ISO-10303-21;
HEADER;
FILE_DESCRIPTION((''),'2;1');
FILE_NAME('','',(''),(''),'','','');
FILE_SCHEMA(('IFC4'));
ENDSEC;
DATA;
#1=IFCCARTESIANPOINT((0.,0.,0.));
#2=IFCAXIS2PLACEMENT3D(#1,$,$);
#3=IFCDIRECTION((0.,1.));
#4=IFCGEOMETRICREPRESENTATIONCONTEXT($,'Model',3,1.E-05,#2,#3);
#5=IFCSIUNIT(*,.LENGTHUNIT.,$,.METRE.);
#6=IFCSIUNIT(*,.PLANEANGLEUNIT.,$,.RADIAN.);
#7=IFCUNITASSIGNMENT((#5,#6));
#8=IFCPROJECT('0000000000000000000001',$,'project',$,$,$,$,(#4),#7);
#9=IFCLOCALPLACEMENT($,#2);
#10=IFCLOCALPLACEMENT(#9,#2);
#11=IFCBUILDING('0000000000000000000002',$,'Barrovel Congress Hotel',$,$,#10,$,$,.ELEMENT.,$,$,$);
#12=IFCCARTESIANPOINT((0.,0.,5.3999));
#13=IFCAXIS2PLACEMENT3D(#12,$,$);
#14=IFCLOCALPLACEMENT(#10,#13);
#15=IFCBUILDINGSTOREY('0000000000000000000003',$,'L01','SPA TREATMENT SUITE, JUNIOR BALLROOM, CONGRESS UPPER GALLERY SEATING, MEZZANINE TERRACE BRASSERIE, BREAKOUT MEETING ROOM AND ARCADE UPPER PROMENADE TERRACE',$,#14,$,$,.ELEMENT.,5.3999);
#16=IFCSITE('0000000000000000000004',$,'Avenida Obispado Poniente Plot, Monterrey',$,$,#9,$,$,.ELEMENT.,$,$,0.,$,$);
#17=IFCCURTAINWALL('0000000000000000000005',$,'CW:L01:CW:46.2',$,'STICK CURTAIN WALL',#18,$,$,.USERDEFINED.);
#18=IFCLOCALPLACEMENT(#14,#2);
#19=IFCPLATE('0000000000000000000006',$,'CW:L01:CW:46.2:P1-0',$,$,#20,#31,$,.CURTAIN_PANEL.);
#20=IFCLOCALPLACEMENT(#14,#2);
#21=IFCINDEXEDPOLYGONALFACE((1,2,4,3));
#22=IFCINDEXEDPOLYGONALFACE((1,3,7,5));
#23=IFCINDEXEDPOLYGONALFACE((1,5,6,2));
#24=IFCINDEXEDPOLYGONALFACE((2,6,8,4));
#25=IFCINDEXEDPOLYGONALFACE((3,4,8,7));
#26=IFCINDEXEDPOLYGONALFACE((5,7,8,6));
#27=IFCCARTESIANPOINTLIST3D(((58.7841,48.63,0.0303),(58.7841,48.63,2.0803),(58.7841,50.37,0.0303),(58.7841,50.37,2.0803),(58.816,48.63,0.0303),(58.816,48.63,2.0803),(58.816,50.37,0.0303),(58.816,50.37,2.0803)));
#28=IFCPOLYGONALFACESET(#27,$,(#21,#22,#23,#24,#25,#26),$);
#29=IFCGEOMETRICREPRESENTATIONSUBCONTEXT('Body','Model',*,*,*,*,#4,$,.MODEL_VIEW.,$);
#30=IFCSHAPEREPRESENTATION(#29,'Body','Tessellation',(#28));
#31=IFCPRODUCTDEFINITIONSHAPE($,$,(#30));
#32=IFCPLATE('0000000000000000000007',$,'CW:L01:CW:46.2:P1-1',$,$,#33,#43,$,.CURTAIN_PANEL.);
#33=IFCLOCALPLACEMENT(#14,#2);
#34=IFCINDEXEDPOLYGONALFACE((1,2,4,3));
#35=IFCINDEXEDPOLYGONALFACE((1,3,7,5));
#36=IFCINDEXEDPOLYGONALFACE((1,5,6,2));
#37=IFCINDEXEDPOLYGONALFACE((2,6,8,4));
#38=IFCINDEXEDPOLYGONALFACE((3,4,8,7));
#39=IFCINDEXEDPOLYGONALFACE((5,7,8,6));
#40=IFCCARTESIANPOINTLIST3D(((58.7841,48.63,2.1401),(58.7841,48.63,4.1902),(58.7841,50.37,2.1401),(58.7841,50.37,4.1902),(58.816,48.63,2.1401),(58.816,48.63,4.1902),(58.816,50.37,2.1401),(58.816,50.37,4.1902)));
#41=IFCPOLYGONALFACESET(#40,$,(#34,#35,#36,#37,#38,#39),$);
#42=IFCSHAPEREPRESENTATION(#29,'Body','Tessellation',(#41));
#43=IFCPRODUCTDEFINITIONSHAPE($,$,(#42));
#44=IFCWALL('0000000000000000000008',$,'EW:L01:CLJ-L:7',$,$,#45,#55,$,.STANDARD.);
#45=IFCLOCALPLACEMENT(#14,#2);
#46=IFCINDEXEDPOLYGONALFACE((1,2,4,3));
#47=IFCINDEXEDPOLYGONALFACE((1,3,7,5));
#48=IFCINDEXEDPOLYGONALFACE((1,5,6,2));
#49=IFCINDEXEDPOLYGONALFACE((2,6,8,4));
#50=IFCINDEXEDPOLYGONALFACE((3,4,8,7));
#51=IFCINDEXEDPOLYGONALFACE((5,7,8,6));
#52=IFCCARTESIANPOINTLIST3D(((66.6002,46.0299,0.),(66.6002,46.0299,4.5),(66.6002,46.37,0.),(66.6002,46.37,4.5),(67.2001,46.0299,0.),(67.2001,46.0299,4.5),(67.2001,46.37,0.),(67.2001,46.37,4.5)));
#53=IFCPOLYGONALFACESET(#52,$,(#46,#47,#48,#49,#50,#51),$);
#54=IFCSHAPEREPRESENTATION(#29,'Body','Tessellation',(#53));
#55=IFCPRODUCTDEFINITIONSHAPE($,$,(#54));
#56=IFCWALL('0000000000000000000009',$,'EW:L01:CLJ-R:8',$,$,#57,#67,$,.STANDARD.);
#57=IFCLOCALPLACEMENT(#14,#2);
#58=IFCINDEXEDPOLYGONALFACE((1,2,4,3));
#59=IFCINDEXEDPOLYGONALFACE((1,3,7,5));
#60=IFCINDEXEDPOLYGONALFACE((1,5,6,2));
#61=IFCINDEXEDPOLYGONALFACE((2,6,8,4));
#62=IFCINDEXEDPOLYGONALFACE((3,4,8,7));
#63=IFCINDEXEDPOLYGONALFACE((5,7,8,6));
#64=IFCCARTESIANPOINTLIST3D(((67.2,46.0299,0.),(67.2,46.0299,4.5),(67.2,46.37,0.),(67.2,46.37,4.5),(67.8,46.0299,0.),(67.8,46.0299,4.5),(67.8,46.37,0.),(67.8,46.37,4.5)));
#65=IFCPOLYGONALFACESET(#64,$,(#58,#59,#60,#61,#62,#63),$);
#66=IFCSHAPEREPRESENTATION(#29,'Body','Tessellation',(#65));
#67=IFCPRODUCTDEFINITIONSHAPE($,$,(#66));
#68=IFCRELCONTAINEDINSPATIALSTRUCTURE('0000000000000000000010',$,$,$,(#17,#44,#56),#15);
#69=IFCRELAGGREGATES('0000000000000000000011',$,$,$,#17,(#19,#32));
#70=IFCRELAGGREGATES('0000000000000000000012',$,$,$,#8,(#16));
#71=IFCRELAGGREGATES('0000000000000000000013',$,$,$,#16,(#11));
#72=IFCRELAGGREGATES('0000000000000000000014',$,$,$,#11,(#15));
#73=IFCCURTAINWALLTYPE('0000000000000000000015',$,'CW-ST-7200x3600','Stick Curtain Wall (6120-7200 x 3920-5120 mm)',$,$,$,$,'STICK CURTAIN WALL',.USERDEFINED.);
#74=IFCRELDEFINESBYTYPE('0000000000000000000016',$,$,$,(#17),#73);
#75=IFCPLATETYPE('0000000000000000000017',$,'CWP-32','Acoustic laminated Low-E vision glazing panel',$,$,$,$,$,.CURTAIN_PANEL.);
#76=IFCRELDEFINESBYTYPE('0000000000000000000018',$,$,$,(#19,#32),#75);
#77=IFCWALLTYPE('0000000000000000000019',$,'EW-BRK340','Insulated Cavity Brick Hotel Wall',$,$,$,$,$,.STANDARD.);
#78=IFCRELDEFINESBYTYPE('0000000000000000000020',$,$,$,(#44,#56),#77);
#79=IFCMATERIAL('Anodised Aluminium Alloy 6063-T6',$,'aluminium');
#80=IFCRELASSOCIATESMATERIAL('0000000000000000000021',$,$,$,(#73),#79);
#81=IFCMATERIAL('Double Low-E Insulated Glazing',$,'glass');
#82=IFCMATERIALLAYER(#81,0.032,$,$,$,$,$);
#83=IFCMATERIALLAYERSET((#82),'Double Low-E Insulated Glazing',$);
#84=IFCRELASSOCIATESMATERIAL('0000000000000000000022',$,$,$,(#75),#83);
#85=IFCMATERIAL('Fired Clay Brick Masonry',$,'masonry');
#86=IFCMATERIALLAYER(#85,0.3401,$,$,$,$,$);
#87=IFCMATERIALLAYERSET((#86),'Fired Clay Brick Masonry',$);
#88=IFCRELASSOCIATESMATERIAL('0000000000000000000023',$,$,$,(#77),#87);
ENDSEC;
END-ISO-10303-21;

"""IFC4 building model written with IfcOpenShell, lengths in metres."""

from ifc_helpers import new_model, si_unit, direction, frame, frame_2d, origin, origin_2d, place, context, subcontext, project, spatial, rectangle, extrude, material, layer, layer_set, type_object, element, aggregate, save


model = new_model("IFC4")

# Units and contexts
model_context = context("Model", 3, precision=1e-05, world=origin(), true_north=direction((0.0, 1.0)))
body_context = subcontext(model_context, "Body", "Model", "MODEL_VIEW")
ifc_project = project(units=[si_unit("LENGTHUNIT", "METRE"), si_unit("PLANEANGLEUNIT", "RADIAN")], contexts=[model_context])

# Site, building, storey
site_placement = place(None, origin())
site = spatial("IfcSite", under=ifc_project, at=site_placement, Name="Avenida Obispado Poniente Plot, Monterrey", CompositionType="ELEMENT", RefElevation=0.0)
building_placement = place(site_placement, origin())
building = spatial("IfcBuilding", under=site, at=building_placement, Name="Barrovel Congress Hotel", CompositionType="ELEMENT")
storey_placement = place(building_placement, frame((0.0, 0.0, 5.3999)))
storey = spatial("IfcBuildingStorey", under=building, at=storey_placement, Name="L01", Description="SPA TREATMENT SUITE, JUNIOR BALLROOM, CONGRESS UPPER GALLERY SEATING, MEZZANINE TERRACE BRASSERIE, BREAKOUT MEETING ROOM AND ARCADE UPPER PROMENADE TERRACE", CompositionType="ELEMENT", Elevation=5.3999)

# Curtain wall
ifc_material_1 = material(Name="Anodised Aluminium Alloy 6063-T6", Category="aluminium")
curtain_wall_type = type_object("IfcCurtainWallType", Name="CW-ST-7200x3600", Description="Stick Curtain Wall (6120-7200 x 3920-5120 mm)", ElementType="STICK CURTAIN WALL", PredefinedType="USERDEFINED", material=ifc_material_1)
curtain_wall_1_placement = place(storey_placement, origin())
curtain_wall_1 = element("IfcCurtainWall", 1, at=curtain_wall_1_placement, inside=storey, type_object=curtain_wall_type, Name="CW:L01:CW:46.2", ObjectType="STICK CURTAIN WALL", PredefinedType="USERDEFINED")

# Plates
ifc_material_2 = material(Name="Double Low-E Insulated Glazing", Category="glass")
ifc_layer_1 = layer(ifc_material_2, 0.032)
ifc_layer_set_1 = layer_set([ifc_layer_1], Name="Double Low-E Insulated Glazing")
plate_type_1 = type_object("IfcPlateType", Name="CWP-32", Description="Acoustic laminated Low-E vision glazing panel", PredefinedType="CURTAIN_PANEL", material=ifc_layer_set_1)
plate_1_placement = place(storey_placement, frame((58.8, 49.5, 0.0303), z_axis=(0.0, 0.0, 1.0), x_axis=(0.0, 1.0, 0.0)))
plate_1 = element("IfcPlate", 2, at=plate_1_placement, type_object=plate_type_1, Name="CW:L01:CW:46.2:P1-0", PredefinedType="CURTAIN_PANEL", context=body_context, shape_type="SweptSolid", body=[
    extrude(rectangle(XDim=1.74, YDim=0.032, at=origin_2d()), origin(), (0.0, 0.0, 1.0), 2.05),
])
plate_2_placement = place(storey_placement, frame((58.8, 49.5, 2.1401), z_axis=(0.0, 0.0, 1.0), x_axis=(0.0, 1.0, 0.0)))
plate_2 = element("IfcPlate", 3, at=plate_2_placement, type_object=plate_type_1, Name="CW:L01:CW:46.2:P1-1", PredefinedType="CURTAIN_PANEL", context=body_context, shape_type="SweptSolid", body=[
    extrude(rectangle(XDim=1.74, YDim=0.032, at=origin_2d()), origin(), (0.0, 0.0, 1.0), 2.05),
])
aggregate(curtain_wall_1, [plate_1, plate_2])

# Walls
ifc_material_3 = material(Name="Fired Clay Brick Masonry", Category="masonry")
ifc_layer_2 = layer(ifc_material_3, 0.3401)
ifc_layer_set_2 = layer_set([ifc_layer_2], Name="Fired Clay Brick Masonry")
wall_type = type_object("IfcWallType", Name="EW-BRK340", Description="Insulated Cavity Brick Hotel Wall", PredefinedType="STANDARD", material=ifc_layer_set_2)
wall_1_placement = place(storey_placement, frame((67.2, 46.2, 0.0), z_axis=(0.0, 0.0, 1.0), x_axis=(-1.0, 0.0, 0.0)))
element("IfcWall", 4, at=wall_1_placement, inside=storey, type_object=wall_type, Name="EW:L01:CLJ-L:7", PredefinedType="STANDARD", context=body_context, shape_type="SweptSolid", body=[
    extrude(rectangle(XDim=0.5999, YDim=0.3401, at=frame_2d((0.2998, 0.0))), origin(), (0.0, 0.0, 1.0), 4.5),
])
wall_2_placement = place(storey_placement, frame((67.8, 46.2, 0.0), z_axis=(0.0, 0.0, 1.0), x_axis=(-1.0, 0.0, 0.0)))
element("IfcWall", 5, at=wall_2_placement, inside=storey, type_object=wall_type, Name="EW:L01:CLJ-R:8", PredefinedType="STANDARD", context=body_context, shape_type="SweptSolid", body=[
    extrude(rectangle(XDim=0.6001, YDim=0.3401, at=frame_2d((0.3, 0.0))), origin(), (0.0, 0.0, 1.0), 4.5),
])

save(model, "model.ifc")
